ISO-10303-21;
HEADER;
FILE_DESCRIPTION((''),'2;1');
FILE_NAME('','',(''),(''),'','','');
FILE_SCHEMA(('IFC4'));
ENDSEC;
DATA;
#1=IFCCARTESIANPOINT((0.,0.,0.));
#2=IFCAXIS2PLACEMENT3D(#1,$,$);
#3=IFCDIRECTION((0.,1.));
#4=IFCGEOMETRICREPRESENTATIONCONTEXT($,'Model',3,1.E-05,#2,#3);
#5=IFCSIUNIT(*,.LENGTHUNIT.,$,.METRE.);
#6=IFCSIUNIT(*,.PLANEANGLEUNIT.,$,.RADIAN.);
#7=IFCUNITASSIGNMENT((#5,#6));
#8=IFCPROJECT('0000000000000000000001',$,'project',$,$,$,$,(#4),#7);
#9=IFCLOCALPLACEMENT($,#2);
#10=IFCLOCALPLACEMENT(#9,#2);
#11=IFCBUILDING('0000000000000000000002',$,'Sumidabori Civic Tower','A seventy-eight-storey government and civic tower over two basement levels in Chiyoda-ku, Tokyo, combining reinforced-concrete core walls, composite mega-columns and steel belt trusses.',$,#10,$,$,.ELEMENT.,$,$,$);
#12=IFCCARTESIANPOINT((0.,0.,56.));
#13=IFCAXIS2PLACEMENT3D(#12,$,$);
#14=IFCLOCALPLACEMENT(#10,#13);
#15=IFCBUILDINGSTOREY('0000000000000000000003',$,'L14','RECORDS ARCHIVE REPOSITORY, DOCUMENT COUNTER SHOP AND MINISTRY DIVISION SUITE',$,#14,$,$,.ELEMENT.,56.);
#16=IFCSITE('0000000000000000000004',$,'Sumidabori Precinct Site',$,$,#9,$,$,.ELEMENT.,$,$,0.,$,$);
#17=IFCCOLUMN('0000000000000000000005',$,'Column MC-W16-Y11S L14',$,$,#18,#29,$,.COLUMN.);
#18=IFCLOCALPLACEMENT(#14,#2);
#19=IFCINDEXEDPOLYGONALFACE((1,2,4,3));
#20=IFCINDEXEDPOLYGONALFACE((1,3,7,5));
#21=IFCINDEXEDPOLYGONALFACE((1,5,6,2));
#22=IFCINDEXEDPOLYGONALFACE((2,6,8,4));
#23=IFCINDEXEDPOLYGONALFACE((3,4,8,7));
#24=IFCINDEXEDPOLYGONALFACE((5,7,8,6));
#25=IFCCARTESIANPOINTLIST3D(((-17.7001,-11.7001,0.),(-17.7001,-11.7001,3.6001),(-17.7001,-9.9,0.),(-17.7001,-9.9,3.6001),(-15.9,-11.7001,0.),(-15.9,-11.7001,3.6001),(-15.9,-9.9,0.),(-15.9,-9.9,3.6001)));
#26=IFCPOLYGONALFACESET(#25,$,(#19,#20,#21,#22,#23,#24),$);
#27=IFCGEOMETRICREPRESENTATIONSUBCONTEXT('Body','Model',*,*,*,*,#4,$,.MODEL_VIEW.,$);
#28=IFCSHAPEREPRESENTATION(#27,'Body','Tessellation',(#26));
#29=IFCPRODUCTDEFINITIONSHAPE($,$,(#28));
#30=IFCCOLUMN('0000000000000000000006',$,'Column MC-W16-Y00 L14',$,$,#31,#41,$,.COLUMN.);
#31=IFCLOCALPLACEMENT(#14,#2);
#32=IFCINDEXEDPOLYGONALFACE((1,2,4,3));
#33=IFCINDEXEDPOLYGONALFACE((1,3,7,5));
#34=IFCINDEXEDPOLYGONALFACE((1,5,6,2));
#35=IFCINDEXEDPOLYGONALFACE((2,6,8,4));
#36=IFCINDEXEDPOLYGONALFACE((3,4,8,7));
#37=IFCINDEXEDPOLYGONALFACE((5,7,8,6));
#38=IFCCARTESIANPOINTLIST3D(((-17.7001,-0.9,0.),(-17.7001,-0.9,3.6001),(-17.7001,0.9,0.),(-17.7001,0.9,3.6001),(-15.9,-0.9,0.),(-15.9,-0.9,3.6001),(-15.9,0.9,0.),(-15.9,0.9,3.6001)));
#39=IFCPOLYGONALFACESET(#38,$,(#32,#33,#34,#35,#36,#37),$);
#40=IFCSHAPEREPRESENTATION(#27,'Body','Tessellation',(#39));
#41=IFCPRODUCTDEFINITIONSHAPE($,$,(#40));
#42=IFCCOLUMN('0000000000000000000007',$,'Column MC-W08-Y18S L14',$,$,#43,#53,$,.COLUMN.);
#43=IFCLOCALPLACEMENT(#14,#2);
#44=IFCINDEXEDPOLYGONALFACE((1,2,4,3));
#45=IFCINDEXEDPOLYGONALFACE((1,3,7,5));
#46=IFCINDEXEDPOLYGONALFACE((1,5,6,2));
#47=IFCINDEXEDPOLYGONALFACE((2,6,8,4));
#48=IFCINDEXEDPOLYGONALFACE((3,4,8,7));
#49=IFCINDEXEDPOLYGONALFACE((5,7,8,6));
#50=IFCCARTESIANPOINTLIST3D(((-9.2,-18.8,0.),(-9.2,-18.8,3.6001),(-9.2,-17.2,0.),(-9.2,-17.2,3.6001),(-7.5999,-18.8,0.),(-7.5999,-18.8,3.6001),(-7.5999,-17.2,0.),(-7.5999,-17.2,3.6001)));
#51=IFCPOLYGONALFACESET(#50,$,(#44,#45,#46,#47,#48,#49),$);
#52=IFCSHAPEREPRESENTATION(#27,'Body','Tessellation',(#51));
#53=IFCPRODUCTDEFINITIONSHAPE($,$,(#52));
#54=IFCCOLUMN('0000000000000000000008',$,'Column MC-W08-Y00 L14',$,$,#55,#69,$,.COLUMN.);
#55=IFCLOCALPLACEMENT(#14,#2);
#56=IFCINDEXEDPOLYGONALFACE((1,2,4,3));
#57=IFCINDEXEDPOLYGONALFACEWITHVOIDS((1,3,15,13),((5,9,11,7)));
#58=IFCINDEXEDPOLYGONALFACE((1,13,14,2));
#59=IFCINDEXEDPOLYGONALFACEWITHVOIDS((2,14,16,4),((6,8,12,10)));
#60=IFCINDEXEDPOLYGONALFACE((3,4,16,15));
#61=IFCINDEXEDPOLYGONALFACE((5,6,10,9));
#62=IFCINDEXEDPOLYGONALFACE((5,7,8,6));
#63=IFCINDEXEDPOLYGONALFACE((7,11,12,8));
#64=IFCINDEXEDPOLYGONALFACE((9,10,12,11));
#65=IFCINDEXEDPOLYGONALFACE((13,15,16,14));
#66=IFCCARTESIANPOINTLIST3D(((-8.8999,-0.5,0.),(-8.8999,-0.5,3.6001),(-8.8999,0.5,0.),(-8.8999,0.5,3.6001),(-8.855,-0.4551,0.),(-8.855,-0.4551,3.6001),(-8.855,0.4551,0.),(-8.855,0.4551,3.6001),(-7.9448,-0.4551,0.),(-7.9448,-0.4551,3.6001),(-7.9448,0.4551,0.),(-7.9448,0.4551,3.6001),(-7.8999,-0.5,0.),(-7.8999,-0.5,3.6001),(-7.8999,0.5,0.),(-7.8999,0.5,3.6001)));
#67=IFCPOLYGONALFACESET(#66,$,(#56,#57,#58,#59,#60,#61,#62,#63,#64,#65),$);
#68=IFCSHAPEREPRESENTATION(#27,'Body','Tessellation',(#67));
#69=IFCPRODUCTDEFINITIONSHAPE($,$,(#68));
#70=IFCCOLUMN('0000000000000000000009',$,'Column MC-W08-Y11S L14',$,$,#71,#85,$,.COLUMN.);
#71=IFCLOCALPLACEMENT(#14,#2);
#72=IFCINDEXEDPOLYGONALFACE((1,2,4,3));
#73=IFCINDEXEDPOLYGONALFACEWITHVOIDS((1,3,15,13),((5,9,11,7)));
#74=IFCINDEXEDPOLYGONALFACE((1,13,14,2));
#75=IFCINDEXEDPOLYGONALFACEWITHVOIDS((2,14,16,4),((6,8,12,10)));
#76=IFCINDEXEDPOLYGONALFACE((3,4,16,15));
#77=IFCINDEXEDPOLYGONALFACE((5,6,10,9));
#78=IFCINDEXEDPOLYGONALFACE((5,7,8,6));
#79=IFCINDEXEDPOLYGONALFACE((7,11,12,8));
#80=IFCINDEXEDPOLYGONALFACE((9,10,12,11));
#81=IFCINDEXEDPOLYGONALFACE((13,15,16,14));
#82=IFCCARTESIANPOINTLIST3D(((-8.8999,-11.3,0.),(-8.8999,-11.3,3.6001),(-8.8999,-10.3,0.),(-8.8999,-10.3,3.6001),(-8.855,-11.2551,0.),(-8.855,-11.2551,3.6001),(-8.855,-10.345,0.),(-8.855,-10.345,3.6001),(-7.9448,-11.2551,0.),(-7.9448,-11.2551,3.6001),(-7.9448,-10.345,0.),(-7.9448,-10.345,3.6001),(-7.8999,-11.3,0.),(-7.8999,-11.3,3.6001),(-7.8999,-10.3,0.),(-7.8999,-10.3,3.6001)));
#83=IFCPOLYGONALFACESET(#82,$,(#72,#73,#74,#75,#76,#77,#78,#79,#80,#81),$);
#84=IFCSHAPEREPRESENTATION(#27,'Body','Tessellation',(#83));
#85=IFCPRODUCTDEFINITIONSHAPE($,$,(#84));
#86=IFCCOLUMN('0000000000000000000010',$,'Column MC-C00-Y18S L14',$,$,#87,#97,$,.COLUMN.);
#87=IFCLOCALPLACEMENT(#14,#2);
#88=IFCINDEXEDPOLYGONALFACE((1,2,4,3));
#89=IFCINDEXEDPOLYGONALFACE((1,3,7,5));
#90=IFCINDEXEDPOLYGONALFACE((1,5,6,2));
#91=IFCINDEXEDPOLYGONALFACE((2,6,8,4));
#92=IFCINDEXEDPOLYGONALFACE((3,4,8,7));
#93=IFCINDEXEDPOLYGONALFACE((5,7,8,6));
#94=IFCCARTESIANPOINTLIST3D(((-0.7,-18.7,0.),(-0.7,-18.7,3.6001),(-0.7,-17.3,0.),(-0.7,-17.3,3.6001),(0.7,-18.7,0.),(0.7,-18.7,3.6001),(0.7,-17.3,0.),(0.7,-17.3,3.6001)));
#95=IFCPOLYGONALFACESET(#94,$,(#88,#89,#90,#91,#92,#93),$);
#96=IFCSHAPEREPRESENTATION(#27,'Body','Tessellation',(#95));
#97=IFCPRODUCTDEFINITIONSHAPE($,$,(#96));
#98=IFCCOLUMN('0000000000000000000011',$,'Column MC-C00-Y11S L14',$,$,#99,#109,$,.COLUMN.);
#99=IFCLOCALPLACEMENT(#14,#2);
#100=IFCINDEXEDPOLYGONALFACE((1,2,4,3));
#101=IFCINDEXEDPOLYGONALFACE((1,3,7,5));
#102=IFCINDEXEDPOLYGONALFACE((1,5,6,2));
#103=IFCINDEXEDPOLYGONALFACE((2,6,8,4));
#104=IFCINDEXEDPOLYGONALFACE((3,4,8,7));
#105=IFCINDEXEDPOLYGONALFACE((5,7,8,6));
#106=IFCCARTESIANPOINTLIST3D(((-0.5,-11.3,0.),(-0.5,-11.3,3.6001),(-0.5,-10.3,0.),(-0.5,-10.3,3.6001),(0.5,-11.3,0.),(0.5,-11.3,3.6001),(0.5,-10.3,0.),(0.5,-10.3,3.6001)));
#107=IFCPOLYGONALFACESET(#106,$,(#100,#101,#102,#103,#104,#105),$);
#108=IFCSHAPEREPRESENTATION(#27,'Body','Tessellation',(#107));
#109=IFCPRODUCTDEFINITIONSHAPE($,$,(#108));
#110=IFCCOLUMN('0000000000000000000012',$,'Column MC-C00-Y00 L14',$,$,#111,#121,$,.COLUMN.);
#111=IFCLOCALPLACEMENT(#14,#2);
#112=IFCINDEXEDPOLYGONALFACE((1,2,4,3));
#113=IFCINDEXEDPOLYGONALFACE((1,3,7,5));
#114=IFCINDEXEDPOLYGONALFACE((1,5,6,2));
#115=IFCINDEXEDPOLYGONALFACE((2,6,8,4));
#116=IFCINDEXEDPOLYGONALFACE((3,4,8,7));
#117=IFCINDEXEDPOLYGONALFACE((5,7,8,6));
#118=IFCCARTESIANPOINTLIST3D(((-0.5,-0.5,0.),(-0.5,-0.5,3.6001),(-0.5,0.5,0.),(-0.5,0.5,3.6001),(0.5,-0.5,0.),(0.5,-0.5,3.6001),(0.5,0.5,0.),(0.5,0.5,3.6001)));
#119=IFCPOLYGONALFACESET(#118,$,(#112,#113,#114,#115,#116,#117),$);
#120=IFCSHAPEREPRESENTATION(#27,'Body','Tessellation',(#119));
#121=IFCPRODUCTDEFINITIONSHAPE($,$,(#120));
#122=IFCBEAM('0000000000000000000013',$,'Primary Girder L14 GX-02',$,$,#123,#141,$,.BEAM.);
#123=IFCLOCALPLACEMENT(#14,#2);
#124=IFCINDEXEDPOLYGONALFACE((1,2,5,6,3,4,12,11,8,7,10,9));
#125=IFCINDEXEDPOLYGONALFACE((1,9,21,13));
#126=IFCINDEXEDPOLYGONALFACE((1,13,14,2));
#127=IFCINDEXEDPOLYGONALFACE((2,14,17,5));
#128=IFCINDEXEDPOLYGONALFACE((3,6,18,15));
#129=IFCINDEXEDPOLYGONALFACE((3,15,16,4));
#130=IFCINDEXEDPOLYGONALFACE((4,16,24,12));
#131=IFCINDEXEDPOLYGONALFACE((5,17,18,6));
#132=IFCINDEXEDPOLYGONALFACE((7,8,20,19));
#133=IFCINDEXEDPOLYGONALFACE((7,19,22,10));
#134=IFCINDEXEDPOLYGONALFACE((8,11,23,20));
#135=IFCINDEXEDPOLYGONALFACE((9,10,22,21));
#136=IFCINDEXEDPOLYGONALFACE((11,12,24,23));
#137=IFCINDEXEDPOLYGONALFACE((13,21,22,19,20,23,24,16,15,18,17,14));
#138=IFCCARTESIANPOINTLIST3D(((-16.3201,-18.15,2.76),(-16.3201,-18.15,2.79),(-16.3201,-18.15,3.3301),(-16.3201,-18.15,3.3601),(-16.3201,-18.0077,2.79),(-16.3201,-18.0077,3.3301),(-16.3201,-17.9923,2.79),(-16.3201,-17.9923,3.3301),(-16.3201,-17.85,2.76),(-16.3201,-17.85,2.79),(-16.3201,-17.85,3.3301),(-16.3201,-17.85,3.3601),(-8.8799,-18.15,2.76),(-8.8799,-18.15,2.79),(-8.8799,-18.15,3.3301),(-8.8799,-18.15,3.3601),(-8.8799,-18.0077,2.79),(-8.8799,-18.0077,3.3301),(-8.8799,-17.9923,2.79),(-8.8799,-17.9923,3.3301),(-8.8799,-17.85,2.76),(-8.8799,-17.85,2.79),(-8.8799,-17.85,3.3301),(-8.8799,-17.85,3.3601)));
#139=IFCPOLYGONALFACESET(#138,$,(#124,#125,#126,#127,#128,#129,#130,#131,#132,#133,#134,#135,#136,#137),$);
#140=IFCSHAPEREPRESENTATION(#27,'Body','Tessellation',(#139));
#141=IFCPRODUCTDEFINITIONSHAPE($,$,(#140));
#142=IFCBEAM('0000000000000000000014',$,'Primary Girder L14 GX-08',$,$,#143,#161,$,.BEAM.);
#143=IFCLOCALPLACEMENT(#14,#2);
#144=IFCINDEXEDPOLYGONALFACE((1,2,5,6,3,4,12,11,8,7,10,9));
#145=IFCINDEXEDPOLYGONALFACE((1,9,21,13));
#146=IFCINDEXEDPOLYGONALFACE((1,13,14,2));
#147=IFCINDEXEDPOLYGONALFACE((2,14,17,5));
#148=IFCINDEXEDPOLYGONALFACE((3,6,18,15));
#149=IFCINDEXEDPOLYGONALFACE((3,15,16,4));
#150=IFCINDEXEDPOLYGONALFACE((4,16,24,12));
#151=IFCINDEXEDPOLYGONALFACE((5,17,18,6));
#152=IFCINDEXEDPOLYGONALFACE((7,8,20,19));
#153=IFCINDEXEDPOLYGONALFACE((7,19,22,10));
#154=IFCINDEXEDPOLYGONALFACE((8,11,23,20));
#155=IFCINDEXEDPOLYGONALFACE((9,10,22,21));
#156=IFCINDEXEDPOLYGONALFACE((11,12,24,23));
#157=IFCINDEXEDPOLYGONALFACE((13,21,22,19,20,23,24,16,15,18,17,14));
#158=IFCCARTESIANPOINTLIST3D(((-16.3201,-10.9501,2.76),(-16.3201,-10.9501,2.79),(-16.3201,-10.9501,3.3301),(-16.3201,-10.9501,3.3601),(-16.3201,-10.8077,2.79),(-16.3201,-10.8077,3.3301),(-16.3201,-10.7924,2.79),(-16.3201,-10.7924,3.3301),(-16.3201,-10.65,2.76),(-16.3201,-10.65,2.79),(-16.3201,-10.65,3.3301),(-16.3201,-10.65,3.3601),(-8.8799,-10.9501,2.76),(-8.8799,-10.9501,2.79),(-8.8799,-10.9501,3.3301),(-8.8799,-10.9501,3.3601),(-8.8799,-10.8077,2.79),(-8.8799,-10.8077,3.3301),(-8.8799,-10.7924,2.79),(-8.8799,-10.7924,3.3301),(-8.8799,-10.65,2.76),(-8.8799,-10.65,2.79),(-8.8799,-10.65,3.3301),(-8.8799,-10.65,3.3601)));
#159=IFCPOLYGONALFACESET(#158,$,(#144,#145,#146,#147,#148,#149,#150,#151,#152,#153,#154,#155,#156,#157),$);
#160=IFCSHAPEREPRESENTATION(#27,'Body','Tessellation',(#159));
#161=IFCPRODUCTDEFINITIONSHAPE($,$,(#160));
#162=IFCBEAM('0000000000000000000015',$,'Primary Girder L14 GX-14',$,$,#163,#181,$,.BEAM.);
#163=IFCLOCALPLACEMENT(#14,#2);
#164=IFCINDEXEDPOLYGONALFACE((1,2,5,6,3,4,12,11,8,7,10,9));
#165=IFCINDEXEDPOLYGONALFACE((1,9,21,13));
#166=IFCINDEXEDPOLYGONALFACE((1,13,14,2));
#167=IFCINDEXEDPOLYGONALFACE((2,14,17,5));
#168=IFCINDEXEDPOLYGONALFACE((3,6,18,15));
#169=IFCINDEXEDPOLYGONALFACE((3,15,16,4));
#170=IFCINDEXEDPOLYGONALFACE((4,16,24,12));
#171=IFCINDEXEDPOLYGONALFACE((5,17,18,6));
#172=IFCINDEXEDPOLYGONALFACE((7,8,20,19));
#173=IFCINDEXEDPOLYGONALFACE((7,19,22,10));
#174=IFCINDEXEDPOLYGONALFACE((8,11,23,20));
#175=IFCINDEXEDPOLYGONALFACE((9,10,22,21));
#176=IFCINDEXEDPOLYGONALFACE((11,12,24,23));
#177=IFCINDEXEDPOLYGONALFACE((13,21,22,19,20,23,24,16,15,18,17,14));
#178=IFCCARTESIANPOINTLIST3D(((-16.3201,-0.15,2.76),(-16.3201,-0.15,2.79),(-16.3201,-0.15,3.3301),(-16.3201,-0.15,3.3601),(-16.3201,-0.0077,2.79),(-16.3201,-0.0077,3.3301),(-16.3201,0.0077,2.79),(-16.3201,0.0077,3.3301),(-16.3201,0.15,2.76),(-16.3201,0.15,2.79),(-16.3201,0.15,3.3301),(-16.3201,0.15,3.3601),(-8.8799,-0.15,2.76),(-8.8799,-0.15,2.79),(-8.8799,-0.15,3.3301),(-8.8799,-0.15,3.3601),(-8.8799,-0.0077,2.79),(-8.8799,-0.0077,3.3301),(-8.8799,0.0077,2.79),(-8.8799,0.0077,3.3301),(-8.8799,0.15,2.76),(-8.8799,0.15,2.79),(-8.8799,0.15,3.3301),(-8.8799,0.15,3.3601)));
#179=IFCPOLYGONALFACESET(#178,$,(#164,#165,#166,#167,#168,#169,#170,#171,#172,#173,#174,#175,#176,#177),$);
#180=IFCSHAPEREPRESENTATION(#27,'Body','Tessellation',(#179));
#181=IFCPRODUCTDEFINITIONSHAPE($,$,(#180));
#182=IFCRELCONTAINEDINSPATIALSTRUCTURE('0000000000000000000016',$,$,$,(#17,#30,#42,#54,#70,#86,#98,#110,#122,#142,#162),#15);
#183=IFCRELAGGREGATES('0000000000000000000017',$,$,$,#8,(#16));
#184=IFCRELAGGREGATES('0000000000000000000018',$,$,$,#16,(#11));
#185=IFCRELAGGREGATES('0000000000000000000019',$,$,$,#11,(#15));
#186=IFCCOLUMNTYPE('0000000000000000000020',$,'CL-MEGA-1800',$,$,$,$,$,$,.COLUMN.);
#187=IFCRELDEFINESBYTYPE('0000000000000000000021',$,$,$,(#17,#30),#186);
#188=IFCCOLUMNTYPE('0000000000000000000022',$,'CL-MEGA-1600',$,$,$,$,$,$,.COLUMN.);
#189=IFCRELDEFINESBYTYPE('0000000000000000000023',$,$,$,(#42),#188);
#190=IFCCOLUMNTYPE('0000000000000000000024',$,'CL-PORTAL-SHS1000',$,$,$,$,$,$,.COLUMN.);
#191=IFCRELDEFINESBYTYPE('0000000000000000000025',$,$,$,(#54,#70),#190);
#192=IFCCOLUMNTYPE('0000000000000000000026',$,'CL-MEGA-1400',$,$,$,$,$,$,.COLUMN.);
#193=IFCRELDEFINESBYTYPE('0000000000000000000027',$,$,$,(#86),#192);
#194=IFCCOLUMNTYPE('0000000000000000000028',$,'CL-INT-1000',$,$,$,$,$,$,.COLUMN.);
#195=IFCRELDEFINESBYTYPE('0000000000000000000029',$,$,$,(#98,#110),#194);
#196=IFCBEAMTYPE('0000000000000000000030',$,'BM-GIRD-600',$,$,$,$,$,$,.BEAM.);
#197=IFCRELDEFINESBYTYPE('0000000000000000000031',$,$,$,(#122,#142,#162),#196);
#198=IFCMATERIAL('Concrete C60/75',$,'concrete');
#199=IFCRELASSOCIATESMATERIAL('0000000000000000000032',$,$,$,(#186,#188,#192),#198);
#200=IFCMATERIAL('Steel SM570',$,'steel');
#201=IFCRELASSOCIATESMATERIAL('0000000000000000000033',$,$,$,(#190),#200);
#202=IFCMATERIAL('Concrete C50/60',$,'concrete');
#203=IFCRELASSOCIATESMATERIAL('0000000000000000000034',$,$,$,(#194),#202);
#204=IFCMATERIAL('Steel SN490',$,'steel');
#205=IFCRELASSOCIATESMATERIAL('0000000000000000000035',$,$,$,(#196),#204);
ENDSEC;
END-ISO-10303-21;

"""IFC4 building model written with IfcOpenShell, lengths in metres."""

from ifc_helpers import new_model, si_unit, direction, frame, origin, origin_2d, place, context, subcontext, project, spatial, rectangle, hollow_rectangle, i_section, extrude, source, transform, mapped, material, material_profile, profile_set, type_object, element, save


model = new_model("IFC4")

# Units and contexts
model_context = context("Model", 3, precision=1e-05, world=origin(), true_north=direction((0.0, 1.0)))
body_context = subcontext(model_context, "Body", "Model", "MODEL_VIEW")
ifc_project = project(units=[si_unit("LENGTHUNIT", "METRE"), si_unit("PLANEANGLEUNIT", "RADIAN")], contexts=[model_context])

# Site, building, storey
site_placement = place(None, origin())
site = spatial("IfcSite", under=ifc_project, at=site_placement, Name="Sumidabori Precinct Site", CompositionType="ELEMENT", RefElevation=0.0)
building_placement = place(site_placement, origin())
building = spatial("IfcBuilding", under=site, at=building_placement, Name="Sumidabori Civic Tower", Description="A seventy-eight-storey government and civic tower over two basement levels in Chiyoda-ku, Tokyo, combining reinforced-concrete core walls, composite mega-columns and steel belt trusses.", CompositionType="ELEMENT")
storey_placement = place(building_placement, frame((0.0, 0.0, 56.0)))
storey = spatial("IfcBuildingStorey", under=building, at=storey_placement, Name="L14", Description="RECORDS ARCHIVE REPOSITORY, DOCUMENT COUNTER SHOP AND MINISTRY DIVISION SUITE", CompositionType="ELEMENT", Elevation=56.0)

# Columns
ifc_material_1 = material(Name="Concrete C60/75", Category="concrete")
ifc_material_profile_1 = material_profile(ifc_material_1, rectangle(XDim=1.8, YDim=1.8, at=origin_2d()), Name="RC 1800x1800")
ifc_profile_set_1 = profile_set([ifc_material_profile_1], Name="Concrete C60/75")
column_type_1 = type_object("IfcColumnType", Name="CL-MEGA-1800", PredefinedType="COLUMN", material=ifc_profile_set_1)
shared_shape_1 = source(origin(), body_context, "Body", "SweptSolid", [
    extrude(rectangle(XDim=1.8, YDim=1.8, at=origin_2d()), origin(), (0.0, 0.0, 1.0), 3.6001),
])
for number, where, z_axis, x_axis, name in (
    (1, (-16.8, -10.8, 0.0), (0.0, 0.0, 1.0), (1.0, 0.0, 0.0), "Column MC-W16-Y11S L14"),
    (2, (-16.8, 0.0, 0.0), (0.0, 0.0, 1.0), (1.0, 0.0, 0.0), "Column MC-W16-Y00 L14"),
):
    element("IfcColumn", number, at=place(storey_placement, frame(where, z_axis=z_axis, x_axis=x_axis)), inside=storey, type_object=column_type_1, Name=name, PredefinedType="COLUMN", context=body_context, shape_type="MappedRepresentation", body=[
        mapped(shared_shape_1, transform((0.0, 0.0, 0.0), x_axis=(1.0, 0.0, 0.0), y_axis=(0.0, 1.0, 0.0), z_axis=(0.0, 0.0, 1.0), scale=1.0)),
    ])
ifc_material_profile_2 = material_profile(ifc_material_1, rectangle(XDim=1.6001, YDim=1.6001, at=origin_2d()), Name="RC 1600x1600")
ifc_profile_set_2 = profile_set([ifc_material_profile_2], Name="Concrete C60/75")
column_type_2 = type_object("IfcColumnType", Name="CL-MEGA-1600", PredefinedType="COLUMN", material=ifc_profile_set_2)
shared_shape_2 = source(origin(), body_context, "Body", "SweptSolid", [
    extrude(rectangle(XDim=1.6001, YDim=1.6001, at=origin_2d()), origin(), (0.0, 0.0, 1.0), 3.6001),
])
column_1_placement = place(storey_placement, frame((-8.3999, -18.0, 0.0), z_axis=(0.0, 0.0, 1.0), x_axis=(1.0, 0.0, 0.0)))
element("IfcColumn", 3, at=column_1_placement, inside=storey, type_object=column_type_2, Name="Column MC-W08-Y18S L14", PredefinedType="COLUMN", context=body_context, shape_type="MappedRepresentation", body=[
    mapped(shared_shape_2, transform((0.0, 0.0, 0.0), x_axis=(1.0, 0.0, 0.0), y_axis=(0.0, 1.0, 0.0), z_axis=(0.0, 0.0, 1.0), scale=1.0)),
])
ifc_material_2 = material(Name="Steel SM570", Category="steel")
ifc_material_profile_3 = material_profile(ifc_material_2, hollow_rectangle(XDim=1.0, YDim=1.0, WallThickness=0.0449, at=origin_2d()), Name="SHS 1000x1000x45")
ifc_profile_set_3 = profile_set([ifc_material_profile_3], Name="Steel SM570")
column_type_3 = type_object("IfcColumnType", Name="CL-PORTAL-SHS1000", PredefinedType="COLUMN", material=ifc_profile_set_3)
shared_shape_3 = source(origin(), body_context, "Body", "SweptSolid", [
    extrude(hollow_rectangle(XDim=1.0, YDim=1.0, WallThickness=0.0449, at=origin_2d()), origin(), (0.0, 0.0, 1.0), 3.6001),
])
for number, where, z_axis, x_axis, name in (
    (4, (-8.3999, 0.0, 0.0), (0.0, 0.0, 1.0), (1.0, 0.0, 0.0), "Column MC-W08-Y00 L14"),
    (5, (-8.3999, -10.8, 0.0), (0.0, 0.0, 1.0), (1.0, 0.0, 0.0), "Column MC-W08-Y11S L14"),
):
    element("IfcColumn", number, at=place(storey_placement, frame(where, z_axis=z_axis, x_axis=x_axis)), inside=storey, type_object=column_type_3, Name=name, PredefinedType="COLUMN", context=body_context, shape_type="MappedRepresentation", body=[
        mapped(shared_shape_3, transform((0.0, 0.0, 0.0), x_axis=(1.0, 0.0, 0.0), y_axis=(0.0, 1.0, 0.0), z_axis=(0.0, 0.0, 1.0), scale=1.0)),
    ])
ifc_material_profile_4 = material_profile(ifc_material_1, rectangle(XDim=1.3999, YDim=1.3999, at=origin_2d()), Name="RC 1400x1400")
ifc_profile_set_4 = profile_set([ifc_material_profile_4], Name="Concrete C60/75")
column_type_4 = type_object("IfcColumnType", Name="CL-MEGA-1400", PredefinedType="COLUMN", material=ifc_profile_set_4)
shared_shape_4 = source(origin(), body_context, "Body", "SweptSolid", [
    extrude(rectangle(XDim=1.3999, YDim=1.3999, at=origin_2d()), origin(), (0.0, 0.0, 1.0), 3.6001),
])
column_2_placement = place(storey_placement, frame((0.0, -18.0, 0.0), z_axis=(0.0, 0.0, 1.0), x_axis=(1.0, 0.0, 0.0)))
element("IfcColumn", 6, at=column_2_placement, inside=storey, type_object=column_type_4, Name="Column MC-C00-Y18S L14", PredefinedType="COLUMN", context=body_context, shape_type="MappedRepresentation", body=[
    mapped(shared_shape_4, transform((0.0, 0.0, 0.0), x_axis=(1.0, 0.0, 0.0), y_axis=(0.0, 1.0, 0.0), z_axis=(0.0, 0.0, 1.0), scale=1.0)),
])
ifc_material_3 = material(Name="Concrete C50/60", Category="concrete")
ifc_material_profile_5 = material_profile(ifc_material_3, rectangle(XDim=1.0, YDim=1.0, at=origin_2d()), Name="RC 1000x1000")
ifc_profile_set_5 = profile_set([ifc_material_profile_5], Name="Concrete C50/60")
column_type_5 = type_object("IfcColumnType", Name="CL-INT-1000", PredefinedType="COLUMN", material=ifc_profile_set_5)
shared_shape_5 = source(origin(), body_context, "Body", "SweptSolid", [
    extrude(rectangle(XDim=1.0, YDim=1.0, at=origin_2d()), origin(), (0.0, 0.0, 1.0), 3.6001),
])
for number, where, z_axis, x_axis, name in (
    (7, (0.0, -10.8, 0.0), (0.0, 0.0, 1.0), (1.0, 0.0, 0.0), "Column MC-C00-Y11S L14"),
    (8, (0.0, 0.0, 0.0), (0.0, 0.0, 1.0), (1.0, 0.0, 0.0), "Column MC-C00-Y00 L14"),
):
    element("IfcColumn", number, at=place(storey_placement, frame(where, z_axis=z_axis, x_axis=x_axis)), inside=storey, type_object=column_type_5, Name=name, PredefinedType="COLUMN", context=body_context, shape_type="MappedRepresentation", body=[
        mapped(shared_shape_5, transform((0.0, 0.0, 0.0), x_axis=(1.0, 0.0, 0.0), y_axis=(0.0, 1.0, 0.0), z_axis=(0.0, 0.0, 1.0), scale=1.0)),
    ])

# Beams
ifc_material_4 = material(Name="Steel SN490", Category="steel")
ifc_material_profile_6 = material_profile(ifc_material_4, i_section(OverallWidth=0.3, OverallDepth=0.6001, WebThickness=0.0154, FlangeThickness=0.03, at=origin_2d()), Name="HE 600 B")
ifc_profile_set_6 = profile_set([ifc_material_profile_6], Name="Steel SN490")
beam_type_1 = type_object("IfcBeamType", Name="BM-GIRD-600", PredefinedType="BEAM", material=ifc_profile_set_6)
shared_shape_6 = source(origin(), body_context, "Body", "SweptSolid", [
    extrude(i_section(OverallWidth=0.3, OverallDepth=0.6001, WebThickness=0.0154, FlangeThickness=0.03, at=origin_2d()), origin(), (0.0, 0.0, 1.0), 7.4402),
])
for number, where, z_axis, x_axis, name in (
    (9, (-16.3201, -18.0, 3.0601), (1.0, 0.0, 0.0), (0.0, 1.0, 0.0), "Primary Girder L14 GX-02"),
    (10, (-16.3201, -10.8, 3.0601), (1.0, 0.0, 0.0), (0.0, 1.0, 0.0), "Primary Girder L14 GX-08"),
    (11, (-16.3201, 0.0, 3.0601), (1.0, 0.0, 0.0), (0.0, 1.0, 0.0), "Primary Girder L14 GX-14"),
):
    element("IfcBeam", number, at=place(storey_placement, frame(where, z_axis=z_axis, x_axis=x_axis)), inside=storey, type_object=beam_type_1, Name=name, PredefinedType="BEAM", context=body_context, shape_type="MappedRepresentation", body=[
        mapped(shared_shape_6, transform((0.0, 0.0, 0.0), x_axis=(1.0, 0.0, 0.0), y_axis=(0.0, 1.0, 0.0), z_axis=(0.0, 0.0, 1.0), scale=1.0)),
    ])

save(model, "model.ifc")
